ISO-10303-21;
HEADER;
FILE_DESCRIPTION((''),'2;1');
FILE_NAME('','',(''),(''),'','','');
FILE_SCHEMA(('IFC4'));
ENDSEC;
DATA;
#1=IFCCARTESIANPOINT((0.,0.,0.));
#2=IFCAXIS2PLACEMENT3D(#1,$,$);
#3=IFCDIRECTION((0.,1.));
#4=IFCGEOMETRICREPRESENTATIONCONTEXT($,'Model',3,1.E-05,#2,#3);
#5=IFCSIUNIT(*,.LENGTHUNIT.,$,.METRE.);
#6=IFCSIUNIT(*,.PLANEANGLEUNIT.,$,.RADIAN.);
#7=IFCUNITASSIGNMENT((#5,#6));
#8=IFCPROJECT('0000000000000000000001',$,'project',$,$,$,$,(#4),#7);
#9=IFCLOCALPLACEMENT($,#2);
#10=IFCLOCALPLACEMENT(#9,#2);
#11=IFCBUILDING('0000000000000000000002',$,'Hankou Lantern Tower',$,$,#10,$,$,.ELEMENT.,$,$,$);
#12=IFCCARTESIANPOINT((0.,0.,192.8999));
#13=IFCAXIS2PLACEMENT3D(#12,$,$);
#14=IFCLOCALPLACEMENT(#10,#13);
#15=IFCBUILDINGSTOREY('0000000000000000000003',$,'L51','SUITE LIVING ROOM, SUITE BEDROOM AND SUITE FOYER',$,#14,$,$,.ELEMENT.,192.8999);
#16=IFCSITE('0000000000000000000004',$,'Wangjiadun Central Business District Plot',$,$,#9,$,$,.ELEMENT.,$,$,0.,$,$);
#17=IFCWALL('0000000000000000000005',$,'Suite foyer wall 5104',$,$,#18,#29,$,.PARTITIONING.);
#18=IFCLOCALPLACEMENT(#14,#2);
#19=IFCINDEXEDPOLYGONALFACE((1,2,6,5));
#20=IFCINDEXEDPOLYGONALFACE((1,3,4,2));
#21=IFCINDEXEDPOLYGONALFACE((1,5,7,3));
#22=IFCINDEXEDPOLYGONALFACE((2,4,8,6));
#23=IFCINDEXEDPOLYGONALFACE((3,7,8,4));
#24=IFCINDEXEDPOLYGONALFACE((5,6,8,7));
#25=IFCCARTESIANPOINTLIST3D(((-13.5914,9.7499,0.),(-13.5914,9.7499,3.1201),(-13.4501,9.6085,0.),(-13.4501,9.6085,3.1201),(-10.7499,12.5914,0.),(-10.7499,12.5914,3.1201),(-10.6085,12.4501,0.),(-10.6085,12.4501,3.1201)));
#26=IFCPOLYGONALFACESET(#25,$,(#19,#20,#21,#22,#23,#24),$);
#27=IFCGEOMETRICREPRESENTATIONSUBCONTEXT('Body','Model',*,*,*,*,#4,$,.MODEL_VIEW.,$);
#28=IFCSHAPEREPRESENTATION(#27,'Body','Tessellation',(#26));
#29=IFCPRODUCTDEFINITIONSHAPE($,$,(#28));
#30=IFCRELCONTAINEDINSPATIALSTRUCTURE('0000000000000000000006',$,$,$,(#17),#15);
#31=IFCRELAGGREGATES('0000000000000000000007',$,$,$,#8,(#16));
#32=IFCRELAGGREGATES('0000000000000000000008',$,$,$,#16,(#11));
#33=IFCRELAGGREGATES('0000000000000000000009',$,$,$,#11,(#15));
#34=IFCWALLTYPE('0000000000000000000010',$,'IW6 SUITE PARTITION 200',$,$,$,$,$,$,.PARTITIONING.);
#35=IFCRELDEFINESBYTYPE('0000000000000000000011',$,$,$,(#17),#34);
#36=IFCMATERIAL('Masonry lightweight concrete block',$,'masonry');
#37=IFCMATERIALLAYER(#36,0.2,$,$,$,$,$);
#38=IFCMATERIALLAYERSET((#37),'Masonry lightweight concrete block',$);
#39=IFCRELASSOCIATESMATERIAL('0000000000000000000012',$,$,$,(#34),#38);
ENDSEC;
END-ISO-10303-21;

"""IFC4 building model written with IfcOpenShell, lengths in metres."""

from ifc_helpers import new_model, si_unit, direction, frame, frame_2d, origin, place, context, subcontext, project, spatial, rectangle, extrude, material, layer, layer_set, type_object, element, save


model = new_model("IFC4")

# Units and contexts
model_context = context("Model", 3, precision=1e-05, world=origin(), true_north=direction((0.0, 1.0)))
body_context = subcontext(model_context, "Body", "Model", "MODEL_VIEW")
ifc_project = project(units=[si_unit("LENGTHUNIT", "METRE"), si_unit("PLANEANGLEUNIT", "RADIAN")], contexts=[model_context])

# Site, building, storey
site_placement = place(None, origin())
site = spatial("IfcSite", under=ifc_project, at=site_placement, Name="Wangjiadun Central Business District Plot", CompositionType="ELEMENT", RefElevation=0.0)
building_placement = place(site_placement, origin())
building = spatial("IfcBuilding", under=site, at=building_placement, Name="Hankou Lantern Tower", CompositionType="ELEMENT")
storey_placement = place(building_placement, frame((0.0, 0.0, 192.8999)))
storey = spatial("IfcBuildingStorey", under=building, at=storey_placement, Name="L51", Description="SUITE LIVING ROOM, SUITE BEDROOM AND SUITE FOYER", CompositionType="ELEMENT", Elevation=192.8999)

# Shared definitions
ifc_material_1 = material(Name="Masonry lightweight concrete block", Category="masonry")
ifc_layer_1 = layer(ifc_material_1, 0.2)
ifc_layer_set_1 = layer_set([ifc_layer_1], Name="Masonry lightweight concrete block")
wall_type_1 = type_object("IfcWallType", Name="IW6 SUITE PARTITION 200", PredefinedType="PARTITIONING", material=ifc_layer_set_1)

# Wall
wall_1_placement = place(storey_placement, frame((-10.6792, 12.5208, 0.0), z_axis=(0.0, 0.0, 1.0), x_axis=(-0.707107, -0.707107, 0.0)))
element("IfcWall", 1, at=wall_1_placement, inside=storey, type_object=wall_type_1, Name="Suite foyer wall 5104", PredefinedType="PARTITIONING", context=body_context, shape_type="SweptSolid", body=[
    extrude(rectangle(XDim=4.0186, YDim=0.2, at=frame_2d((2.0093, 0.0))), origin(), (0.0, 0.0, 1.0), 3.1201),
])

save(model, "model.ifc")
